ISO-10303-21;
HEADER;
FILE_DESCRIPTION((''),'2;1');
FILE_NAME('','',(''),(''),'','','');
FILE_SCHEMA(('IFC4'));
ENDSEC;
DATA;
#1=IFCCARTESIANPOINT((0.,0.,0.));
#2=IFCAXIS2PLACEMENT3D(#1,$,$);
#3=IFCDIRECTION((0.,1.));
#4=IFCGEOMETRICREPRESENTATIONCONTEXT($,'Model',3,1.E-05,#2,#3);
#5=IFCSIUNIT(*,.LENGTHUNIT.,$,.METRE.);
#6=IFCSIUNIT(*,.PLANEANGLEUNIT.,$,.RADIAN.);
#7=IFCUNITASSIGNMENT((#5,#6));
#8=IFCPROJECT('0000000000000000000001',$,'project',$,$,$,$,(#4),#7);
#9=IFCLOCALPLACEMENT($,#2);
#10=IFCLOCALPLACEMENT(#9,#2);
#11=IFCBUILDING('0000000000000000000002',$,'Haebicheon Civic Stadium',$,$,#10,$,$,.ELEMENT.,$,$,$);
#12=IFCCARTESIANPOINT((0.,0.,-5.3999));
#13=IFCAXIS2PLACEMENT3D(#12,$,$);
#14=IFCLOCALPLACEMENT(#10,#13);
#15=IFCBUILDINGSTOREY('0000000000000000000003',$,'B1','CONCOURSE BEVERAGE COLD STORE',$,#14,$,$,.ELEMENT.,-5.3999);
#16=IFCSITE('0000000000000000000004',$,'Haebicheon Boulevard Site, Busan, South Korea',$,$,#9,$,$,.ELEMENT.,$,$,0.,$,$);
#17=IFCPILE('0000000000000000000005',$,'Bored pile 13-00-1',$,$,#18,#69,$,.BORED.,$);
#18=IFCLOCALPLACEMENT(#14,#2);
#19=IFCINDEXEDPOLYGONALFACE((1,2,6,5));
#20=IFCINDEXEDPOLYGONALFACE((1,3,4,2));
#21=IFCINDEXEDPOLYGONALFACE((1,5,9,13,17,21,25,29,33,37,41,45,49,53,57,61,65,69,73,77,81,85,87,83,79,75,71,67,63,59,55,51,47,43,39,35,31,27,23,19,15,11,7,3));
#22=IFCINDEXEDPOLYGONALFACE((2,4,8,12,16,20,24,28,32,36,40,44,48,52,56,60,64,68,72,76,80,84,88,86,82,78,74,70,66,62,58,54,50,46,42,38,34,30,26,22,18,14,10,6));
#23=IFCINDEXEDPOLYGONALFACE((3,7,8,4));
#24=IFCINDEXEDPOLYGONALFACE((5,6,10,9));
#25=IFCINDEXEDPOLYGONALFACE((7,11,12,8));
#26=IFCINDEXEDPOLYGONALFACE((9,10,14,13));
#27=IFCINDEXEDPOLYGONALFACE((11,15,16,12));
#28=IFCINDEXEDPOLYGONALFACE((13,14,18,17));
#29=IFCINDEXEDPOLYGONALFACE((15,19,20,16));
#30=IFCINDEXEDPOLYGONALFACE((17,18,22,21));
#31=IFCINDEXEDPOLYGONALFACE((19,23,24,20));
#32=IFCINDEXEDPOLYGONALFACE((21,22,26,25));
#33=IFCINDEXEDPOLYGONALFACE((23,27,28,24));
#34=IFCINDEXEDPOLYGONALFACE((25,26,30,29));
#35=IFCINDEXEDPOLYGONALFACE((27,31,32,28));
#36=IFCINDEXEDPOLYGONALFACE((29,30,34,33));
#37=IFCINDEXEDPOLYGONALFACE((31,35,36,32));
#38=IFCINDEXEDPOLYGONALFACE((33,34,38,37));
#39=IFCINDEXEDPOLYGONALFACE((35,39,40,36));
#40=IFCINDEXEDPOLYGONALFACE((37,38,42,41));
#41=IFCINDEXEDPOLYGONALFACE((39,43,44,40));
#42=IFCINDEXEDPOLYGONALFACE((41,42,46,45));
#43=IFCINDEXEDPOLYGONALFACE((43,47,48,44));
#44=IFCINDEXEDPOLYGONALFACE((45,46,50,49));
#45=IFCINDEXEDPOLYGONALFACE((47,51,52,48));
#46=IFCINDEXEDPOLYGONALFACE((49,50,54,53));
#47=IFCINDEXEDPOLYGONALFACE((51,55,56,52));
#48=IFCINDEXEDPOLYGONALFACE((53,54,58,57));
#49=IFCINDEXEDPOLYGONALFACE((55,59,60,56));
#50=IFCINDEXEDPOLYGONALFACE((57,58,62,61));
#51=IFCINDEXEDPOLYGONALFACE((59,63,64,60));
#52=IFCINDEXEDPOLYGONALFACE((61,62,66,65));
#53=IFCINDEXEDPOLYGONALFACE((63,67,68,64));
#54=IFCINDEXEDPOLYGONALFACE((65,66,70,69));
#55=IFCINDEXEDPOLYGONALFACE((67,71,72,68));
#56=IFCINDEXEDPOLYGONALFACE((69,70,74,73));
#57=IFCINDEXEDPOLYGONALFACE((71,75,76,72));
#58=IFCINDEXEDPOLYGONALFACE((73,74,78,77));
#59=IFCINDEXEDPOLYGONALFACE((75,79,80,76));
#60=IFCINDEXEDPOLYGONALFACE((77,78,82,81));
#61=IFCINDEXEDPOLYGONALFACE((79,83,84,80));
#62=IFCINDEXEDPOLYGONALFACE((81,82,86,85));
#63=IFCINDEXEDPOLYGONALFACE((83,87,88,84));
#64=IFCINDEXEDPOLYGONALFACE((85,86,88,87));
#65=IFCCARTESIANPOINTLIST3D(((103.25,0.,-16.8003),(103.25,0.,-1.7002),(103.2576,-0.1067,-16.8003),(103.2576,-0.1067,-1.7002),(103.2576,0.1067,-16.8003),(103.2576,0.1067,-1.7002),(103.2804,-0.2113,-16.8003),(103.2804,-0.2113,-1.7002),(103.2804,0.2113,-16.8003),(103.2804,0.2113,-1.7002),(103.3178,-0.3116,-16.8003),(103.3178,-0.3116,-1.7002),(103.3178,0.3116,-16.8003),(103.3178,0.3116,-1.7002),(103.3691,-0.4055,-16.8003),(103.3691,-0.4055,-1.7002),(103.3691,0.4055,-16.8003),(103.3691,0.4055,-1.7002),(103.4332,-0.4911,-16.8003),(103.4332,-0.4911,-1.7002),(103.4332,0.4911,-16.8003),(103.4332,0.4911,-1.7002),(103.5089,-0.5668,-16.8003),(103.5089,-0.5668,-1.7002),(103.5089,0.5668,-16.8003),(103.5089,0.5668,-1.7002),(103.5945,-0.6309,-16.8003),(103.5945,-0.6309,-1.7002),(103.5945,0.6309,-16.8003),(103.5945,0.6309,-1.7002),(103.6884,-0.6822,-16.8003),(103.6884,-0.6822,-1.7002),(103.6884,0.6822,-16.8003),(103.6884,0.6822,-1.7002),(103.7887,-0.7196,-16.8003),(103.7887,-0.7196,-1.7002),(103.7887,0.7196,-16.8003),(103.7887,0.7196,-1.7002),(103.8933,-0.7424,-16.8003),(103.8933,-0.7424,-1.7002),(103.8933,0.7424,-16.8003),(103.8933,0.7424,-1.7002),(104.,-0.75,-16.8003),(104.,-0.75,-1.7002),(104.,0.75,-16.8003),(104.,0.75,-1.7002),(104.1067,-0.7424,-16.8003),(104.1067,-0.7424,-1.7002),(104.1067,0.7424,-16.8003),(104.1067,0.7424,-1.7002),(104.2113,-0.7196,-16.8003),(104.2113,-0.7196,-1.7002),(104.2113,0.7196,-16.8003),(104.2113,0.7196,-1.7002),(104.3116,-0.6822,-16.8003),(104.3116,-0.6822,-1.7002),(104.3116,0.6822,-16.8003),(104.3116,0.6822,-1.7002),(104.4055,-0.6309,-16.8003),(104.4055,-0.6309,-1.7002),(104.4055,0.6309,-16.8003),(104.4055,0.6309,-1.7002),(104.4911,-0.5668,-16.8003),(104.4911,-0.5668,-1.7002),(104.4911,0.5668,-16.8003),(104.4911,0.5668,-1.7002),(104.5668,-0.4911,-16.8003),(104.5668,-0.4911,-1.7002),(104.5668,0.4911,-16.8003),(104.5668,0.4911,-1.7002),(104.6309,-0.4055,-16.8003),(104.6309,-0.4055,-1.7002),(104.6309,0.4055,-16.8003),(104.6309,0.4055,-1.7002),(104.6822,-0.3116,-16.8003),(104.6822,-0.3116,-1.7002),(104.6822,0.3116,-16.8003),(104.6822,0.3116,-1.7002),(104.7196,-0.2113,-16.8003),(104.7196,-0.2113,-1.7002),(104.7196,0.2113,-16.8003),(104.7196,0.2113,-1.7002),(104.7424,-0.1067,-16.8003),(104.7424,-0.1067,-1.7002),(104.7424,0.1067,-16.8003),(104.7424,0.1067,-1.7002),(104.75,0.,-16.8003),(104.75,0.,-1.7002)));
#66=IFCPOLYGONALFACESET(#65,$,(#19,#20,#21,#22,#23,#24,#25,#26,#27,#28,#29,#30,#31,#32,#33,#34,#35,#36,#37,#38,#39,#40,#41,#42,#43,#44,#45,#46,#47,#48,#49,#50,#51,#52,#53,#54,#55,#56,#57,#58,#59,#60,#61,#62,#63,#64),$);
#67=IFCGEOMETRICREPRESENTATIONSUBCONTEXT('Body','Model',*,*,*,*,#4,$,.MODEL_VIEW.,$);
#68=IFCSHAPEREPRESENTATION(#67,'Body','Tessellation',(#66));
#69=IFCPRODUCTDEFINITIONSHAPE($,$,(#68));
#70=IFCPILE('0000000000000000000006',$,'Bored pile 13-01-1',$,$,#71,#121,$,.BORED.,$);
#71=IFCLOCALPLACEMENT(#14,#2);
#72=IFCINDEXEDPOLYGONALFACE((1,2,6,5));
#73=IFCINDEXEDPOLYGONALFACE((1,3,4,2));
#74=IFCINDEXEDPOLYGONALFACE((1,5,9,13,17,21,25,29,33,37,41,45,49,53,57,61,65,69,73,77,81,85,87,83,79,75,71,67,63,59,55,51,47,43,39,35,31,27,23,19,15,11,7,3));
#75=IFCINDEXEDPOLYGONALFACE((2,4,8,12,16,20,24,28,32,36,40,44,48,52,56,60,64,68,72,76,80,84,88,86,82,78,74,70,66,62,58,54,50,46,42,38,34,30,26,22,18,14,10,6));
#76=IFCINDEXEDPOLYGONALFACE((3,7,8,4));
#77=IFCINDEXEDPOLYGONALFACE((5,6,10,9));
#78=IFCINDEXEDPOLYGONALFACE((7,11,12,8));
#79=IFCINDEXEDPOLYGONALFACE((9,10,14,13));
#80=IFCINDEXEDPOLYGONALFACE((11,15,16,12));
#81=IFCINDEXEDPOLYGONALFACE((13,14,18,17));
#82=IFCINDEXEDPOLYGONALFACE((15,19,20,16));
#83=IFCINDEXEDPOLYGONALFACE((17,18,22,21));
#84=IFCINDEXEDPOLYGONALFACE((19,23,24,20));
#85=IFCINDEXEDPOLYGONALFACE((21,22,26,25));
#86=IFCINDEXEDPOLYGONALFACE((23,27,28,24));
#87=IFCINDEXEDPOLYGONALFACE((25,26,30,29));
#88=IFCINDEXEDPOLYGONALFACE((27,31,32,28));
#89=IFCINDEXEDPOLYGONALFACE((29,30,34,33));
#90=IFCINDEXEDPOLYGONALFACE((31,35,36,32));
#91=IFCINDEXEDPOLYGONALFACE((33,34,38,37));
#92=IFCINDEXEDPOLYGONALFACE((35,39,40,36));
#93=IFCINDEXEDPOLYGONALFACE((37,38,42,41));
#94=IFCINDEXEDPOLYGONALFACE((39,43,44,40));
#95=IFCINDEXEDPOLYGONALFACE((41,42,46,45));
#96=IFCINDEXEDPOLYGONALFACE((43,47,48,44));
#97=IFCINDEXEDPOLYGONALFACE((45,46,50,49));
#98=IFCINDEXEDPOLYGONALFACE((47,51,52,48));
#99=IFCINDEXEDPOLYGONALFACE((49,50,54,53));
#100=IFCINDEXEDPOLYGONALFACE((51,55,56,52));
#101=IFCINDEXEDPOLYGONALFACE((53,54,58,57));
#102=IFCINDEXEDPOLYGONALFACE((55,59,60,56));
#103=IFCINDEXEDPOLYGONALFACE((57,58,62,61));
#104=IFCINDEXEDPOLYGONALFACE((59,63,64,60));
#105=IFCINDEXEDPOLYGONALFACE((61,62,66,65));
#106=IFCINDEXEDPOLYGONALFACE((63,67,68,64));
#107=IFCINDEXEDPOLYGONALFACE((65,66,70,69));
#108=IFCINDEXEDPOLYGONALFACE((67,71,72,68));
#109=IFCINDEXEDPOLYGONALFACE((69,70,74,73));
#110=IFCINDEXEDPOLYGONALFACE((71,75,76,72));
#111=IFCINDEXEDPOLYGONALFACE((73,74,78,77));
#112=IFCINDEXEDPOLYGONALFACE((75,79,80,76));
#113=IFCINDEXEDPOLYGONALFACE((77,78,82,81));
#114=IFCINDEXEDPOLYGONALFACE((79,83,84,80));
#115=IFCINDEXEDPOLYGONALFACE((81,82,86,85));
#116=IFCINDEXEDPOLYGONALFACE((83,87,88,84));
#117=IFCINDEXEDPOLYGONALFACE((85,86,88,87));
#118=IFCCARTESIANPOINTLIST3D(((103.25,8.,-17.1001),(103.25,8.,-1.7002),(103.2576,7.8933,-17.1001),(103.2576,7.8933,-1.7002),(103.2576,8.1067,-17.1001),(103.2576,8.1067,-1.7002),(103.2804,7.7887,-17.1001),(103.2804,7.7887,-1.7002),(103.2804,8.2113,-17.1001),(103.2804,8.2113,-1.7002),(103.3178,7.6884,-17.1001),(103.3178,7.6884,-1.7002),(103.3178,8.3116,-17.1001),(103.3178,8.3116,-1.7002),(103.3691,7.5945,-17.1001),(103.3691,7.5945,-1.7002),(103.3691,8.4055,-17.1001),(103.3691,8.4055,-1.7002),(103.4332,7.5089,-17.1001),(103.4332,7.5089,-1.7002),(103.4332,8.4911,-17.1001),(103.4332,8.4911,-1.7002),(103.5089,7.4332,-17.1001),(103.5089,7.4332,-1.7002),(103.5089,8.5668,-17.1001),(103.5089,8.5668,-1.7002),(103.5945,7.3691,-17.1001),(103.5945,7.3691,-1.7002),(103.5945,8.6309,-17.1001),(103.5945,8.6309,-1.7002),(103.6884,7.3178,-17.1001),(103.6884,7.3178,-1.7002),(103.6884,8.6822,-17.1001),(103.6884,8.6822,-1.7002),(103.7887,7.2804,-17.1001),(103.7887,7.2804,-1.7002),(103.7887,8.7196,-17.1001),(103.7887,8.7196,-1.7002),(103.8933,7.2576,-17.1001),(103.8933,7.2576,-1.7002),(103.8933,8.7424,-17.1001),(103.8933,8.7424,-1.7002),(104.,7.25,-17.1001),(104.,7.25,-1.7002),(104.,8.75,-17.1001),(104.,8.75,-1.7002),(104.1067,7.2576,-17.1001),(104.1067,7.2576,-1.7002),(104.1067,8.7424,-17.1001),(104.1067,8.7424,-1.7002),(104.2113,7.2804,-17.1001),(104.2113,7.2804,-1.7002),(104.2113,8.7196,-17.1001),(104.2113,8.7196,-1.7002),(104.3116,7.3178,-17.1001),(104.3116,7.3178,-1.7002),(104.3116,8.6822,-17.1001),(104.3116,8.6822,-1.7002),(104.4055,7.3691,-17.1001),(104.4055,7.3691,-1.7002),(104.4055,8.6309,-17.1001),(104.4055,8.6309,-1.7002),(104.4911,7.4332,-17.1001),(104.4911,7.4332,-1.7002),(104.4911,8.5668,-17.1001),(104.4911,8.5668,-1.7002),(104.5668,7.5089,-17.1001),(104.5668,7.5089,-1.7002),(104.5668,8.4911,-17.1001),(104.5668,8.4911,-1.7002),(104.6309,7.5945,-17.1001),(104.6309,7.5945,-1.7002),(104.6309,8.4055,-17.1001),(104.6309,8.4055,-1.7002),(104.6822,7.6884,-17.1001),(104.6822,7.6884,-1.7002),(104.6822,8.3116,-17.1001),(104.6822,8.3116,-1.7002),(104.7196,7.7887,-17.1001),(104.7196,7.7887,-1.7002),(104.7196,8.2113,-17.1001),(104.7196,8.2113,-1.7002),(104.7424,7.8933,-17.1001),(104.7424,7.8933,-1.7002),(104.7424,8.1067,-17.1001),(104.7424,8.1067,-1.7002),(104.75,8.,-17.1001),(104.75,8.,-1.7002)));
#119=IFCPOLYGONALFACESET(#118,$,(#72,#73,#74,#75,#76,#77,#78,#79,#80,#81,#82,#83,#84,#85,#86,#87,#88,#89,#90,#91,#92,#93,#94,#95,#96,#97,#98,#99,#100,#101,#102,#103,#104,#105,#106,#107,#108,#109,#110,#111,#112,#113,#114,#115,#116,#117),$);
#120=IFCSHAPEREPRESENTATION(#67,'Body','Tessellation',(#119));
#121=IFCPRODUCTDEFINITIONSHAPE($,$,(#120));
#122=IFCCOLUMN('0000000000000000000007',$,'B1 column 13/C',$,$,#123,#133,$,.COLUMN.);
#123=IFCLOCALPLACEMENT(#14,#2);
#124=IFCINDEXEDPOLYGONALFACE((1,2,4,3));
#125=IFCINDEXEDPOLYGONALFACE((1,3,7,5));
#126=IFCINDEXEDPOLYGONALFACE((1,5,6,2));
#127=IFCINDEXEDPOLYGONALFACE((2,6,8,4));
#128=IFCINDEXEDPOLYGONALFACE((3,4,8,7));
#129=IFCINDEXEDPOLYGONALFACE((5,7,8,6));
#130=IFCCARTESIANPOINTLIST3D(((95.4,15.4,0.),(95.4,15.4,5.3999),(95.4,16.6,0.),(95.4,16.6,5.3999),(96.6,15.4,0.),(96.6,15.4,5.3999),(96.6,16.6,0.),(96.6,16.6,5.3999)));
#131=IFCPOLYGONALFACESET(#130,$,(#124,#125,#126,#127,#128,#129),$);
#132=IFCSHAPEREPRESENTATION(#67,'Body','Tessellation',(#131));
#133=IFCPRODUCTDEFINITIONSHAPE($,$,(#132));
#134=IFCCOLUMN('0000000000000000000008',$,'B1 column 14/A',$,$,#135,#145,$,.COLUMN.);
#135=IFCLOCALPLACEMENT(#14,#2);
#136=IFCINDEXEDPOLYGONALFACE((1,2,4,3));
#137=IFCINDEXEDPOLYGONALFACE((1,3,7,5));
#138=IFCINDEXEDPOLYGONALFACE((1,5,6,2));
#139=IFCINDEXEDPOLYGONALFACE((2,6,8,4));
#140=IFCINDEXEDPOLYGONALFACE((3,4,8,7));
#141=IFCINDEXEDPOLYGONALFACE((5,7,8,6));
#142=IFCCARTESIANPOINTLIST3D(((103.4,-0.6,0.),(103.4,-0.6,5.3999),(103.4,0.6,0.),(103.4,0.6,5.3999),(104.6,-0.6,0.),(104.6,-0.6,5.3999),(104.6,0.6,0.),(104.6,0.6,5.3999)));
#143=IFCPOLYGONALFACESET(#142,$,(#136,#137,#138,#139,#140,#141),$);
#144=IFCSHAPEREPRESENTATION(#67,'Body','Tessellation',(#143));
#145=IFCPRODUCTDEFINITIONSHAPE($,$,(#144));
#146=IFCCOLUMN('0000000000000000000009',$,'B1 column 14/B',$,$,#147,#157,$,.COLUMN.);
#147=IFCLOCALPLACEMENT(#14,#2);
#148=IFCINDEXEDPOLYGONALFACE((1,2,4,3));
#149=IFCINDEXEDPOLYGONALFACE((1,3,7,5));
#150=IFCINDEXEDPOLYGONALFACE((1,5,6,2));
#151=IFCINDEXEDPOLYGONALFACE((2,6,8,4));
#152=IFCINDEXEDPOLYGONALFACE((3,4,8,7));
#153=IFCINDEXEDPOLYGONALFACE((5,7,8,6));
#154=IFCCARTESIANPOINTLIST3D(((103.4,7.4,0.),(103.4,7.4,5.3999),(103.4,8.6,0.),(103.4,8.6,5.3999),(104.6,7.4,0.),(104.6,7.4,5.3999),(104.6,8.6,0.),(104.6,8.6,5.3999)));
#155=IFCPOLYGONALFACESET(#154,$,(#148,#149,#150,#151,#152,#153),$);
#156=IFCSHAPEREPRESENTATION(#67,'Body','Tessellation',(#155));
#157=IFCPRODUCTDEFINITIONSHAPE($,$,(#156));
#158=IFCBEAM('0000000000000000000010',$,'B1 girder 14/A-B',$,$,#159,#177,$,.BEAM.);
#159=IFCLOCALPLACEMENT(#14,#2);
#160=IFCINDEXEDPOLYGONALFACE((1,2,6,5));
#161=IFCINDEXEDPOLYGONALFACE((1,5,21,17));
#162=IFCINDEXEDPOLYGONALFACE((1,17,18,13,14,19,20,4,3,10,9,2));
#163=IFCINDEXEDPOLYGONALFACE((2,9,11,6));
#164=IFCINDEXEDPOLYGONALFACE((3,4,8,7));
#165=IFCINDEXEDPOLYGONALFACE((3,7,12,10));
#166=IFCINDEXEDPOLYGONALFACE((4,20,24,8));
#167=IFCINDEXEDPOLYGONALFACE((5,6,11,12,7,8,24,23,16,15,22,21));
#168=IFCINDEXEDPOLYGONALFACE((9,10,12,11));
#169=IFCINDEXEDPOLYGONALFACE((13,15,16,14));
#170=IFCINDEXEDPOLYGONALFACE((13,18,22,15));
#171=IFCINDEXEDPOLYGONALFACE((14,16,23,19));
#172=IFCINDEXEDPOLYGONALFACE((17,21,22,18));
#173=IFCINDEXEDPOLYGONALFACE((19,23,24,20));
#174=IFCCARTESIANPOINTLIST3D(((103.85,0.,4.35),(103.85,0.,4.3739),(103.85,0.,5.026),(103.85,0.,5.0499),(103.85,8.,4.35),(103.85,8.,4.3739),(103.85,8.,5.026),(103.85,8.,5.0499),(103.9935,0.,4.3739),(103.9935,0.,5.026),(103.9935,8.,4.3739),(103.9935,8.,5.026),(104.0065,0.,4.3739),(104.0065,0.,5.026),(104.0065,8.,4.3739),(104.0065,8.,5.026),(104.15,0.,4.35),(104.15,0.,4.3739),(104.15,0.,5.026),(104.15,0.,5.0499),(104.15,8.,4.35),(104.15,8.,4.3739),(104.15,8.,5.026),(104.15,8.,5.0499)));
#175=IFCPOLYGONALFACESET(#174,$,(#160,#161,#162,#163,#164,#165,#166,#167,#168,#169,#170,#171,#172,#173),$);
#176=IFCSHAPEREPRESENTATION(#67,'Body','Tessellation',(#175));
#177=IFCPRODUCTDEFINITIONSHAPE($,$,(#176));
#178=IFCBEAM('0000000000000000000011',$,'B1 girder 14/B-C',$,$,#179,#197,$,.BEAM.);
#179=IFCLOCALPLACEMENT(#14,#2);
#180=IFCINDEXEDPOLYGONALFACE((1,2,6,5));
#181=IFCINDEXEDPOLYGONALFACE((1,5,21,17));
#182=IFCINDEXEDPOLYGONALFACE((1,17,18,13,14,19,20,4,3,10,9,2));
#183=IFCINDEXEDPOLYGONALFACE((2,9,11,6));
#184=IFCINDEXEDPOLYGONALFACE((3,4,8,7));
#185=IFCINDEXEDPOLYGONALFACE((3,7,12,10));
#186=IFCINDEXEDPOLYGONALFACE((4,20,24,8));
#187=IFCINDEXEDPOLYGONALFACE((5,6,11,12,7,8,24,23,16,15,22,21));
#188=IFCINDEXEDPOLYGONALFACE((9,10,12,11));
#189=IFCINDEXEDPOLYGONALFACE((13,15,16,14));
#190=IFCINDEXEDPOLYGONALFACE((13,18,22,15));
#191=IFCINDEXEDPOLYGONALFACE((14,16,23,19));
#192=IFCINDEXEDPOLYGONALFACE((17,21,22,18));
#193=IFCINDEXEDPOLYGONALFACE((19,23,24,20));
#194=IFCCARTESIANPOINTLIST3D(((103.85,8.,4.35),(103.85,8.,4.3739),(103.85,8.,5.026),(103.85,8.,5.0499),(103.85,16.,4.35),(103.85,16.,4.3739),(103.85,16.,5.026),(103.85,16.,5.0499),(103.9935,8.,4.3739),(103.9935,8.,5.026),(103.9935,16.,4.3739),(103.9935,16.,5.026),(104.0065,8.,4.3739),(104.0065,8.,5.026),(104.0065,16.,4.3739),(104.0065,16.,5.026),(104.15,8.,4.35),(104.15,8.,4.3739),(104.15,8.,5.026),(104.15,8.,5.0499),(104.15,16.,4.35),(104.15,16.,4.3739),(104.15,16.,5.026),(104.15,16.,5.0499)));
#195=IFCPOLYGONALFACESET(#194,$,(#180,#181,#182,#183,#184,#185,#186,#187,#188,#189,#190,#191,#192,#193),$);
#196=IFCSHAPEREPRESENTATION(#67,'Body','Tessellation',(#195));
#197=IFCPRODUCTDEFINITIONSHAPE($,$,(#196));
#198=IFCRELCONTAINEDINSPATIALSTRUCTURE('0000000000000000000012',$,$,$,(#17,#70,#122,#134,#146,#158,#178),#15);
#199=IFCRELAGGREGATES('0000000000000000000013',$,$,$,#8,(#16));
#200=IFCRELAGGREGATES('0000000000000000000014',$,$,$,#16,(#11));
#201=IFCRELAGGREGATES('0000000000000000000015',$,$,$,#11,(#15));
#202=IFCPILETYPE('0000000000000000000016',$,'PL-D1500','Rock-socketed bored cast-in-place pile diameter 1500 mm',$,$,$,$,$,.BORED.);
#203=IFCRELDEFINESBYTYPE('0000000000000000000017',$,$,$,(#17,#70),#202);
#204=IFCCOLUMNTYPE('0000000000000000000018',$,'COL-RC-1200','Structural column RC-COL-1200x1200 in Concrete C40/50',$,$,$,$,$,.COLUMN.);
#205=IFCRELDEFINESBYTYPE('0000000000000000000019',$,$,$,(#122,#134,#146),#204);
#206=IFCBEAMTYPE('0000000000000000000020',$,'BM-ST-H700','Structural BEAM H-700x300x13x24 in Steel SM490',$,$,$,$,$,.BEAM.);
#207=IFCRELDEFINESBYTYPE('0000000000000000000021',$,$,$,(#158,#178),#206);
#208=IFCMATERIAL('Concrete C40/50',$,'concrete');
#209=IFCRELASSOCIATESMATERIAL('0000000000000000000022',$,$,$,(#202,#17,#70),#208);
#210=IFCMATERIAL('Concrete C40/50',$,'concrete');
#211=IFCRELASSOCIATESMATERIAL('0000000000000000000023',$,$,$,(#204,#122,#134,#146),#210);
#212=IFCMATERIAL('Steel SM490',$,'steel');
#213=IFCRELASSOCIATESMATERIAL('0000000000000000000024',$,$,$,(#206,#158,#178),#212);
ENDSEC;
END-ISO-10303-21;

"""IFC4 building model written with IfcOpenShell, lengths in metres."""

from ifc_helpers import new_model, si_unit, direction, frame, origin, origin_2d, place, context, subcontext, project, spatial, rectangle, circle, i_section, extrude, material, material_profile, profile_set, type_object, element, save


model = new_model("IFC4")

# Units and contexts
model_context = context("Model", 3, precision=1e-05, world=origin(), true_north=direction((0.0, 1.0)))
body_context = subcontext(model_context, "Body", "Model", "MODEL_VIEW")
ifc_project = project(units=[si_unit("LENGTHUNIT", "METRE"), si_unit("PLANEANGLEUNIT", "RADIAN")], contexts=[model_context])

# Site, building, storey
site_placement = place(None, origin())
site = spatial("IfcSite", under=ifc_project, at=site_placement, Name="Haebicheon Boulevard Site, Busan, South Korea", CompositionType="ELEMENT", RefElevation=0.0)
building_placement = place(site_placement, origin())
building = spatial("IfcBuilding", under=site, at=building_placement, Name="Haebicheon Civic Stadium", CompositionType="ELEMENT")
storey_placement = place(building_placement, frame((0.0, 0.0, -5.3999)))
storey = spatial("IfcBuildingStorey", under=building, at=storey_placement, Name="B1", Description="CONCOURSE BEVERAGE COLD STORE", CompositionType="ELEMENT", Elevation=-5.3999)

# Piles
ifc_material_1 = material(Name="Concrete C40/50", Category="concrete")
ifc_material_profile_1 = material_profile(ifc_material_1, circle(Radius=0.75, at=origin_2d()), Name="PILE-D1500")
ifc_profile_set_1 = profile_set([ifc_material_profile_1], Name="Concrete C40/50")
pile_type_1 = type_object("IfcPileType", Name="PL-D1500", Description="Rock-socketed bored cast-in-place pile diameter 1500 mm", PredefinedType="BORED", material=ifc_profile_set_1)
pile_1_placement = place(storey_placement, frame((104.0, 0.0, -1.7002), z_axis=(0.0, 0.0, -1.0), x_axis=(1.0, 0.0, 0.0)))
element("IfcPile", 1, at=pile_1_placement, inside=storey, type_object=pile_type_1, material=ifc_profile_set_1, Name="Bored pile 13-00-1", PredefinedType="BORED", context=body_context, shape_type="SweptSolid", body=[
    extrude(circle(Radius=0.75, at=origin_2d()), origin(), (0.0, 0.0, 1.0), 15.1001),
])
pile_2_placement = place(storey_placement, frame((104.0, 8.0, -1.7002), z_axis=(0.0, 0.0, -1.0), x_axis=(1.0, 0.0, 0.0)))
element("IfcPile", 2, at=pile_2_placement, inside=storey, type_object=pile_type_1, material=ifc_profile_set_1, Name="Bored pile 13-01-1", PredefinedType="BORED", context=body_context, shape_type="SweptSolid", body=[
    extrude(circle(Radius=0.75, at=origin_2d()), origin(), (0.0, 0.0, 1.0), 15.3999),
])

# Columns
ifc_material_2 = material(Name="Concrete C40/50", Category="concrete")
ifc_material_profile_2 = material_profile(ifc_material_2, rectangle(XDim=1.2, YDim=1.2, at=origin_2d()), Name="RC-COL-1200x1200")
ifc_profile_set_2 = profile_set([ifc_material_profile_2], Name="Concrete C40/50")
column_type = type_object("IfcColumnType", Name="COL-RC-1200", Description="Structural column RC-COL-1200x1200 in Concrete C40/50", PredefinedType="COLUMN", material=ifc_profile_set_2)
for number, where, z_axis, x_axis, name in (
    (3, (96.0, 16.0, 0.0), (0.0, 0.0, 1.0), (1.0, 0.0, 0.0), "B1 column 13/C"),
    (4, (104.0, 0.0, 0.0), (0.0, 0.0, 1.0), (1.0, 0.0, 0.0), "B1 column 14/A"),
    (5, (104.0, 8.0, 0.0), (0.0, 0.0, 1.0), (1.0, 0.0, 0.0), "B1 column 14/B"),
):
    element("IfcColumn", number, at=place(storey_placement, frame(where, z_axis=z_axis, x_axis=x_axis)), inside=storey, type_object=column_type, material=ifc_profile_set_2, Name=name, PredefinedType="COLUMN", context=body_context, shape_type="SweptSolid", body=[
        extrude(rectangle(XDim=1.2, YDim=1.2, at=origin_2d()), origin(), (0.0, 0.0, 1.0), 5.3999),
    ])

# Beams
ifc_material_3 = material(Name="Steel SM490", Category="steel")
ifc_material_profile_3 = material_profile(ifc_material_3, i_section(OverallWidth=0.3, OverallDepth=0.7, WebThickness=0.0129, FlangeThickness=0.0239, at=origin_2d()), Name="H-700x300x13x24")
ifc_profile_set_3 = profile_set([ifc_material_profile_3], Name="Steel SM490")
beam_type_1 = type_object("IfcBeamType", Name="BM-ST-H700", Description="Structural BEAM H-700x300x13x24 in Steel SM490", PredefinedType="BEAM", material=ifc_profile_set_3)
for number, where, z_axis, x_axis, name in (
    (6, (104.0, 0.0, 4.7), (0.0, 1.0, 0.0), (-1.0, 0.0, 0.0), "B1 girder 14/A-B"),
    (7, (104.0, 8.0, 4.7), (0.0, 1.0, 0.0), (-1.0, 0.0, 0.0), "B1 girder 14/B-C"),
):
    element("IfcBeam", number, at=place(storey_placement, frame(where, z_axis=z_axis, x_axis=x_axis)), inside=storey, type_object=beam_type_1, material=ifc_profile_set_3, Name=name, PredefinedType="BEAM", context=body_context, shape_type="SweptSolid", body=[
        extrude(i_section(OverallWidth=0.3, OverallDepth=0.7, WebThickness=0.0129, FlangeThickness=0.0239, at=origin_2d()), origin(), (0.0, 0.0, 1.0), 8.0),
    ])

save(model, "model.ifc")
